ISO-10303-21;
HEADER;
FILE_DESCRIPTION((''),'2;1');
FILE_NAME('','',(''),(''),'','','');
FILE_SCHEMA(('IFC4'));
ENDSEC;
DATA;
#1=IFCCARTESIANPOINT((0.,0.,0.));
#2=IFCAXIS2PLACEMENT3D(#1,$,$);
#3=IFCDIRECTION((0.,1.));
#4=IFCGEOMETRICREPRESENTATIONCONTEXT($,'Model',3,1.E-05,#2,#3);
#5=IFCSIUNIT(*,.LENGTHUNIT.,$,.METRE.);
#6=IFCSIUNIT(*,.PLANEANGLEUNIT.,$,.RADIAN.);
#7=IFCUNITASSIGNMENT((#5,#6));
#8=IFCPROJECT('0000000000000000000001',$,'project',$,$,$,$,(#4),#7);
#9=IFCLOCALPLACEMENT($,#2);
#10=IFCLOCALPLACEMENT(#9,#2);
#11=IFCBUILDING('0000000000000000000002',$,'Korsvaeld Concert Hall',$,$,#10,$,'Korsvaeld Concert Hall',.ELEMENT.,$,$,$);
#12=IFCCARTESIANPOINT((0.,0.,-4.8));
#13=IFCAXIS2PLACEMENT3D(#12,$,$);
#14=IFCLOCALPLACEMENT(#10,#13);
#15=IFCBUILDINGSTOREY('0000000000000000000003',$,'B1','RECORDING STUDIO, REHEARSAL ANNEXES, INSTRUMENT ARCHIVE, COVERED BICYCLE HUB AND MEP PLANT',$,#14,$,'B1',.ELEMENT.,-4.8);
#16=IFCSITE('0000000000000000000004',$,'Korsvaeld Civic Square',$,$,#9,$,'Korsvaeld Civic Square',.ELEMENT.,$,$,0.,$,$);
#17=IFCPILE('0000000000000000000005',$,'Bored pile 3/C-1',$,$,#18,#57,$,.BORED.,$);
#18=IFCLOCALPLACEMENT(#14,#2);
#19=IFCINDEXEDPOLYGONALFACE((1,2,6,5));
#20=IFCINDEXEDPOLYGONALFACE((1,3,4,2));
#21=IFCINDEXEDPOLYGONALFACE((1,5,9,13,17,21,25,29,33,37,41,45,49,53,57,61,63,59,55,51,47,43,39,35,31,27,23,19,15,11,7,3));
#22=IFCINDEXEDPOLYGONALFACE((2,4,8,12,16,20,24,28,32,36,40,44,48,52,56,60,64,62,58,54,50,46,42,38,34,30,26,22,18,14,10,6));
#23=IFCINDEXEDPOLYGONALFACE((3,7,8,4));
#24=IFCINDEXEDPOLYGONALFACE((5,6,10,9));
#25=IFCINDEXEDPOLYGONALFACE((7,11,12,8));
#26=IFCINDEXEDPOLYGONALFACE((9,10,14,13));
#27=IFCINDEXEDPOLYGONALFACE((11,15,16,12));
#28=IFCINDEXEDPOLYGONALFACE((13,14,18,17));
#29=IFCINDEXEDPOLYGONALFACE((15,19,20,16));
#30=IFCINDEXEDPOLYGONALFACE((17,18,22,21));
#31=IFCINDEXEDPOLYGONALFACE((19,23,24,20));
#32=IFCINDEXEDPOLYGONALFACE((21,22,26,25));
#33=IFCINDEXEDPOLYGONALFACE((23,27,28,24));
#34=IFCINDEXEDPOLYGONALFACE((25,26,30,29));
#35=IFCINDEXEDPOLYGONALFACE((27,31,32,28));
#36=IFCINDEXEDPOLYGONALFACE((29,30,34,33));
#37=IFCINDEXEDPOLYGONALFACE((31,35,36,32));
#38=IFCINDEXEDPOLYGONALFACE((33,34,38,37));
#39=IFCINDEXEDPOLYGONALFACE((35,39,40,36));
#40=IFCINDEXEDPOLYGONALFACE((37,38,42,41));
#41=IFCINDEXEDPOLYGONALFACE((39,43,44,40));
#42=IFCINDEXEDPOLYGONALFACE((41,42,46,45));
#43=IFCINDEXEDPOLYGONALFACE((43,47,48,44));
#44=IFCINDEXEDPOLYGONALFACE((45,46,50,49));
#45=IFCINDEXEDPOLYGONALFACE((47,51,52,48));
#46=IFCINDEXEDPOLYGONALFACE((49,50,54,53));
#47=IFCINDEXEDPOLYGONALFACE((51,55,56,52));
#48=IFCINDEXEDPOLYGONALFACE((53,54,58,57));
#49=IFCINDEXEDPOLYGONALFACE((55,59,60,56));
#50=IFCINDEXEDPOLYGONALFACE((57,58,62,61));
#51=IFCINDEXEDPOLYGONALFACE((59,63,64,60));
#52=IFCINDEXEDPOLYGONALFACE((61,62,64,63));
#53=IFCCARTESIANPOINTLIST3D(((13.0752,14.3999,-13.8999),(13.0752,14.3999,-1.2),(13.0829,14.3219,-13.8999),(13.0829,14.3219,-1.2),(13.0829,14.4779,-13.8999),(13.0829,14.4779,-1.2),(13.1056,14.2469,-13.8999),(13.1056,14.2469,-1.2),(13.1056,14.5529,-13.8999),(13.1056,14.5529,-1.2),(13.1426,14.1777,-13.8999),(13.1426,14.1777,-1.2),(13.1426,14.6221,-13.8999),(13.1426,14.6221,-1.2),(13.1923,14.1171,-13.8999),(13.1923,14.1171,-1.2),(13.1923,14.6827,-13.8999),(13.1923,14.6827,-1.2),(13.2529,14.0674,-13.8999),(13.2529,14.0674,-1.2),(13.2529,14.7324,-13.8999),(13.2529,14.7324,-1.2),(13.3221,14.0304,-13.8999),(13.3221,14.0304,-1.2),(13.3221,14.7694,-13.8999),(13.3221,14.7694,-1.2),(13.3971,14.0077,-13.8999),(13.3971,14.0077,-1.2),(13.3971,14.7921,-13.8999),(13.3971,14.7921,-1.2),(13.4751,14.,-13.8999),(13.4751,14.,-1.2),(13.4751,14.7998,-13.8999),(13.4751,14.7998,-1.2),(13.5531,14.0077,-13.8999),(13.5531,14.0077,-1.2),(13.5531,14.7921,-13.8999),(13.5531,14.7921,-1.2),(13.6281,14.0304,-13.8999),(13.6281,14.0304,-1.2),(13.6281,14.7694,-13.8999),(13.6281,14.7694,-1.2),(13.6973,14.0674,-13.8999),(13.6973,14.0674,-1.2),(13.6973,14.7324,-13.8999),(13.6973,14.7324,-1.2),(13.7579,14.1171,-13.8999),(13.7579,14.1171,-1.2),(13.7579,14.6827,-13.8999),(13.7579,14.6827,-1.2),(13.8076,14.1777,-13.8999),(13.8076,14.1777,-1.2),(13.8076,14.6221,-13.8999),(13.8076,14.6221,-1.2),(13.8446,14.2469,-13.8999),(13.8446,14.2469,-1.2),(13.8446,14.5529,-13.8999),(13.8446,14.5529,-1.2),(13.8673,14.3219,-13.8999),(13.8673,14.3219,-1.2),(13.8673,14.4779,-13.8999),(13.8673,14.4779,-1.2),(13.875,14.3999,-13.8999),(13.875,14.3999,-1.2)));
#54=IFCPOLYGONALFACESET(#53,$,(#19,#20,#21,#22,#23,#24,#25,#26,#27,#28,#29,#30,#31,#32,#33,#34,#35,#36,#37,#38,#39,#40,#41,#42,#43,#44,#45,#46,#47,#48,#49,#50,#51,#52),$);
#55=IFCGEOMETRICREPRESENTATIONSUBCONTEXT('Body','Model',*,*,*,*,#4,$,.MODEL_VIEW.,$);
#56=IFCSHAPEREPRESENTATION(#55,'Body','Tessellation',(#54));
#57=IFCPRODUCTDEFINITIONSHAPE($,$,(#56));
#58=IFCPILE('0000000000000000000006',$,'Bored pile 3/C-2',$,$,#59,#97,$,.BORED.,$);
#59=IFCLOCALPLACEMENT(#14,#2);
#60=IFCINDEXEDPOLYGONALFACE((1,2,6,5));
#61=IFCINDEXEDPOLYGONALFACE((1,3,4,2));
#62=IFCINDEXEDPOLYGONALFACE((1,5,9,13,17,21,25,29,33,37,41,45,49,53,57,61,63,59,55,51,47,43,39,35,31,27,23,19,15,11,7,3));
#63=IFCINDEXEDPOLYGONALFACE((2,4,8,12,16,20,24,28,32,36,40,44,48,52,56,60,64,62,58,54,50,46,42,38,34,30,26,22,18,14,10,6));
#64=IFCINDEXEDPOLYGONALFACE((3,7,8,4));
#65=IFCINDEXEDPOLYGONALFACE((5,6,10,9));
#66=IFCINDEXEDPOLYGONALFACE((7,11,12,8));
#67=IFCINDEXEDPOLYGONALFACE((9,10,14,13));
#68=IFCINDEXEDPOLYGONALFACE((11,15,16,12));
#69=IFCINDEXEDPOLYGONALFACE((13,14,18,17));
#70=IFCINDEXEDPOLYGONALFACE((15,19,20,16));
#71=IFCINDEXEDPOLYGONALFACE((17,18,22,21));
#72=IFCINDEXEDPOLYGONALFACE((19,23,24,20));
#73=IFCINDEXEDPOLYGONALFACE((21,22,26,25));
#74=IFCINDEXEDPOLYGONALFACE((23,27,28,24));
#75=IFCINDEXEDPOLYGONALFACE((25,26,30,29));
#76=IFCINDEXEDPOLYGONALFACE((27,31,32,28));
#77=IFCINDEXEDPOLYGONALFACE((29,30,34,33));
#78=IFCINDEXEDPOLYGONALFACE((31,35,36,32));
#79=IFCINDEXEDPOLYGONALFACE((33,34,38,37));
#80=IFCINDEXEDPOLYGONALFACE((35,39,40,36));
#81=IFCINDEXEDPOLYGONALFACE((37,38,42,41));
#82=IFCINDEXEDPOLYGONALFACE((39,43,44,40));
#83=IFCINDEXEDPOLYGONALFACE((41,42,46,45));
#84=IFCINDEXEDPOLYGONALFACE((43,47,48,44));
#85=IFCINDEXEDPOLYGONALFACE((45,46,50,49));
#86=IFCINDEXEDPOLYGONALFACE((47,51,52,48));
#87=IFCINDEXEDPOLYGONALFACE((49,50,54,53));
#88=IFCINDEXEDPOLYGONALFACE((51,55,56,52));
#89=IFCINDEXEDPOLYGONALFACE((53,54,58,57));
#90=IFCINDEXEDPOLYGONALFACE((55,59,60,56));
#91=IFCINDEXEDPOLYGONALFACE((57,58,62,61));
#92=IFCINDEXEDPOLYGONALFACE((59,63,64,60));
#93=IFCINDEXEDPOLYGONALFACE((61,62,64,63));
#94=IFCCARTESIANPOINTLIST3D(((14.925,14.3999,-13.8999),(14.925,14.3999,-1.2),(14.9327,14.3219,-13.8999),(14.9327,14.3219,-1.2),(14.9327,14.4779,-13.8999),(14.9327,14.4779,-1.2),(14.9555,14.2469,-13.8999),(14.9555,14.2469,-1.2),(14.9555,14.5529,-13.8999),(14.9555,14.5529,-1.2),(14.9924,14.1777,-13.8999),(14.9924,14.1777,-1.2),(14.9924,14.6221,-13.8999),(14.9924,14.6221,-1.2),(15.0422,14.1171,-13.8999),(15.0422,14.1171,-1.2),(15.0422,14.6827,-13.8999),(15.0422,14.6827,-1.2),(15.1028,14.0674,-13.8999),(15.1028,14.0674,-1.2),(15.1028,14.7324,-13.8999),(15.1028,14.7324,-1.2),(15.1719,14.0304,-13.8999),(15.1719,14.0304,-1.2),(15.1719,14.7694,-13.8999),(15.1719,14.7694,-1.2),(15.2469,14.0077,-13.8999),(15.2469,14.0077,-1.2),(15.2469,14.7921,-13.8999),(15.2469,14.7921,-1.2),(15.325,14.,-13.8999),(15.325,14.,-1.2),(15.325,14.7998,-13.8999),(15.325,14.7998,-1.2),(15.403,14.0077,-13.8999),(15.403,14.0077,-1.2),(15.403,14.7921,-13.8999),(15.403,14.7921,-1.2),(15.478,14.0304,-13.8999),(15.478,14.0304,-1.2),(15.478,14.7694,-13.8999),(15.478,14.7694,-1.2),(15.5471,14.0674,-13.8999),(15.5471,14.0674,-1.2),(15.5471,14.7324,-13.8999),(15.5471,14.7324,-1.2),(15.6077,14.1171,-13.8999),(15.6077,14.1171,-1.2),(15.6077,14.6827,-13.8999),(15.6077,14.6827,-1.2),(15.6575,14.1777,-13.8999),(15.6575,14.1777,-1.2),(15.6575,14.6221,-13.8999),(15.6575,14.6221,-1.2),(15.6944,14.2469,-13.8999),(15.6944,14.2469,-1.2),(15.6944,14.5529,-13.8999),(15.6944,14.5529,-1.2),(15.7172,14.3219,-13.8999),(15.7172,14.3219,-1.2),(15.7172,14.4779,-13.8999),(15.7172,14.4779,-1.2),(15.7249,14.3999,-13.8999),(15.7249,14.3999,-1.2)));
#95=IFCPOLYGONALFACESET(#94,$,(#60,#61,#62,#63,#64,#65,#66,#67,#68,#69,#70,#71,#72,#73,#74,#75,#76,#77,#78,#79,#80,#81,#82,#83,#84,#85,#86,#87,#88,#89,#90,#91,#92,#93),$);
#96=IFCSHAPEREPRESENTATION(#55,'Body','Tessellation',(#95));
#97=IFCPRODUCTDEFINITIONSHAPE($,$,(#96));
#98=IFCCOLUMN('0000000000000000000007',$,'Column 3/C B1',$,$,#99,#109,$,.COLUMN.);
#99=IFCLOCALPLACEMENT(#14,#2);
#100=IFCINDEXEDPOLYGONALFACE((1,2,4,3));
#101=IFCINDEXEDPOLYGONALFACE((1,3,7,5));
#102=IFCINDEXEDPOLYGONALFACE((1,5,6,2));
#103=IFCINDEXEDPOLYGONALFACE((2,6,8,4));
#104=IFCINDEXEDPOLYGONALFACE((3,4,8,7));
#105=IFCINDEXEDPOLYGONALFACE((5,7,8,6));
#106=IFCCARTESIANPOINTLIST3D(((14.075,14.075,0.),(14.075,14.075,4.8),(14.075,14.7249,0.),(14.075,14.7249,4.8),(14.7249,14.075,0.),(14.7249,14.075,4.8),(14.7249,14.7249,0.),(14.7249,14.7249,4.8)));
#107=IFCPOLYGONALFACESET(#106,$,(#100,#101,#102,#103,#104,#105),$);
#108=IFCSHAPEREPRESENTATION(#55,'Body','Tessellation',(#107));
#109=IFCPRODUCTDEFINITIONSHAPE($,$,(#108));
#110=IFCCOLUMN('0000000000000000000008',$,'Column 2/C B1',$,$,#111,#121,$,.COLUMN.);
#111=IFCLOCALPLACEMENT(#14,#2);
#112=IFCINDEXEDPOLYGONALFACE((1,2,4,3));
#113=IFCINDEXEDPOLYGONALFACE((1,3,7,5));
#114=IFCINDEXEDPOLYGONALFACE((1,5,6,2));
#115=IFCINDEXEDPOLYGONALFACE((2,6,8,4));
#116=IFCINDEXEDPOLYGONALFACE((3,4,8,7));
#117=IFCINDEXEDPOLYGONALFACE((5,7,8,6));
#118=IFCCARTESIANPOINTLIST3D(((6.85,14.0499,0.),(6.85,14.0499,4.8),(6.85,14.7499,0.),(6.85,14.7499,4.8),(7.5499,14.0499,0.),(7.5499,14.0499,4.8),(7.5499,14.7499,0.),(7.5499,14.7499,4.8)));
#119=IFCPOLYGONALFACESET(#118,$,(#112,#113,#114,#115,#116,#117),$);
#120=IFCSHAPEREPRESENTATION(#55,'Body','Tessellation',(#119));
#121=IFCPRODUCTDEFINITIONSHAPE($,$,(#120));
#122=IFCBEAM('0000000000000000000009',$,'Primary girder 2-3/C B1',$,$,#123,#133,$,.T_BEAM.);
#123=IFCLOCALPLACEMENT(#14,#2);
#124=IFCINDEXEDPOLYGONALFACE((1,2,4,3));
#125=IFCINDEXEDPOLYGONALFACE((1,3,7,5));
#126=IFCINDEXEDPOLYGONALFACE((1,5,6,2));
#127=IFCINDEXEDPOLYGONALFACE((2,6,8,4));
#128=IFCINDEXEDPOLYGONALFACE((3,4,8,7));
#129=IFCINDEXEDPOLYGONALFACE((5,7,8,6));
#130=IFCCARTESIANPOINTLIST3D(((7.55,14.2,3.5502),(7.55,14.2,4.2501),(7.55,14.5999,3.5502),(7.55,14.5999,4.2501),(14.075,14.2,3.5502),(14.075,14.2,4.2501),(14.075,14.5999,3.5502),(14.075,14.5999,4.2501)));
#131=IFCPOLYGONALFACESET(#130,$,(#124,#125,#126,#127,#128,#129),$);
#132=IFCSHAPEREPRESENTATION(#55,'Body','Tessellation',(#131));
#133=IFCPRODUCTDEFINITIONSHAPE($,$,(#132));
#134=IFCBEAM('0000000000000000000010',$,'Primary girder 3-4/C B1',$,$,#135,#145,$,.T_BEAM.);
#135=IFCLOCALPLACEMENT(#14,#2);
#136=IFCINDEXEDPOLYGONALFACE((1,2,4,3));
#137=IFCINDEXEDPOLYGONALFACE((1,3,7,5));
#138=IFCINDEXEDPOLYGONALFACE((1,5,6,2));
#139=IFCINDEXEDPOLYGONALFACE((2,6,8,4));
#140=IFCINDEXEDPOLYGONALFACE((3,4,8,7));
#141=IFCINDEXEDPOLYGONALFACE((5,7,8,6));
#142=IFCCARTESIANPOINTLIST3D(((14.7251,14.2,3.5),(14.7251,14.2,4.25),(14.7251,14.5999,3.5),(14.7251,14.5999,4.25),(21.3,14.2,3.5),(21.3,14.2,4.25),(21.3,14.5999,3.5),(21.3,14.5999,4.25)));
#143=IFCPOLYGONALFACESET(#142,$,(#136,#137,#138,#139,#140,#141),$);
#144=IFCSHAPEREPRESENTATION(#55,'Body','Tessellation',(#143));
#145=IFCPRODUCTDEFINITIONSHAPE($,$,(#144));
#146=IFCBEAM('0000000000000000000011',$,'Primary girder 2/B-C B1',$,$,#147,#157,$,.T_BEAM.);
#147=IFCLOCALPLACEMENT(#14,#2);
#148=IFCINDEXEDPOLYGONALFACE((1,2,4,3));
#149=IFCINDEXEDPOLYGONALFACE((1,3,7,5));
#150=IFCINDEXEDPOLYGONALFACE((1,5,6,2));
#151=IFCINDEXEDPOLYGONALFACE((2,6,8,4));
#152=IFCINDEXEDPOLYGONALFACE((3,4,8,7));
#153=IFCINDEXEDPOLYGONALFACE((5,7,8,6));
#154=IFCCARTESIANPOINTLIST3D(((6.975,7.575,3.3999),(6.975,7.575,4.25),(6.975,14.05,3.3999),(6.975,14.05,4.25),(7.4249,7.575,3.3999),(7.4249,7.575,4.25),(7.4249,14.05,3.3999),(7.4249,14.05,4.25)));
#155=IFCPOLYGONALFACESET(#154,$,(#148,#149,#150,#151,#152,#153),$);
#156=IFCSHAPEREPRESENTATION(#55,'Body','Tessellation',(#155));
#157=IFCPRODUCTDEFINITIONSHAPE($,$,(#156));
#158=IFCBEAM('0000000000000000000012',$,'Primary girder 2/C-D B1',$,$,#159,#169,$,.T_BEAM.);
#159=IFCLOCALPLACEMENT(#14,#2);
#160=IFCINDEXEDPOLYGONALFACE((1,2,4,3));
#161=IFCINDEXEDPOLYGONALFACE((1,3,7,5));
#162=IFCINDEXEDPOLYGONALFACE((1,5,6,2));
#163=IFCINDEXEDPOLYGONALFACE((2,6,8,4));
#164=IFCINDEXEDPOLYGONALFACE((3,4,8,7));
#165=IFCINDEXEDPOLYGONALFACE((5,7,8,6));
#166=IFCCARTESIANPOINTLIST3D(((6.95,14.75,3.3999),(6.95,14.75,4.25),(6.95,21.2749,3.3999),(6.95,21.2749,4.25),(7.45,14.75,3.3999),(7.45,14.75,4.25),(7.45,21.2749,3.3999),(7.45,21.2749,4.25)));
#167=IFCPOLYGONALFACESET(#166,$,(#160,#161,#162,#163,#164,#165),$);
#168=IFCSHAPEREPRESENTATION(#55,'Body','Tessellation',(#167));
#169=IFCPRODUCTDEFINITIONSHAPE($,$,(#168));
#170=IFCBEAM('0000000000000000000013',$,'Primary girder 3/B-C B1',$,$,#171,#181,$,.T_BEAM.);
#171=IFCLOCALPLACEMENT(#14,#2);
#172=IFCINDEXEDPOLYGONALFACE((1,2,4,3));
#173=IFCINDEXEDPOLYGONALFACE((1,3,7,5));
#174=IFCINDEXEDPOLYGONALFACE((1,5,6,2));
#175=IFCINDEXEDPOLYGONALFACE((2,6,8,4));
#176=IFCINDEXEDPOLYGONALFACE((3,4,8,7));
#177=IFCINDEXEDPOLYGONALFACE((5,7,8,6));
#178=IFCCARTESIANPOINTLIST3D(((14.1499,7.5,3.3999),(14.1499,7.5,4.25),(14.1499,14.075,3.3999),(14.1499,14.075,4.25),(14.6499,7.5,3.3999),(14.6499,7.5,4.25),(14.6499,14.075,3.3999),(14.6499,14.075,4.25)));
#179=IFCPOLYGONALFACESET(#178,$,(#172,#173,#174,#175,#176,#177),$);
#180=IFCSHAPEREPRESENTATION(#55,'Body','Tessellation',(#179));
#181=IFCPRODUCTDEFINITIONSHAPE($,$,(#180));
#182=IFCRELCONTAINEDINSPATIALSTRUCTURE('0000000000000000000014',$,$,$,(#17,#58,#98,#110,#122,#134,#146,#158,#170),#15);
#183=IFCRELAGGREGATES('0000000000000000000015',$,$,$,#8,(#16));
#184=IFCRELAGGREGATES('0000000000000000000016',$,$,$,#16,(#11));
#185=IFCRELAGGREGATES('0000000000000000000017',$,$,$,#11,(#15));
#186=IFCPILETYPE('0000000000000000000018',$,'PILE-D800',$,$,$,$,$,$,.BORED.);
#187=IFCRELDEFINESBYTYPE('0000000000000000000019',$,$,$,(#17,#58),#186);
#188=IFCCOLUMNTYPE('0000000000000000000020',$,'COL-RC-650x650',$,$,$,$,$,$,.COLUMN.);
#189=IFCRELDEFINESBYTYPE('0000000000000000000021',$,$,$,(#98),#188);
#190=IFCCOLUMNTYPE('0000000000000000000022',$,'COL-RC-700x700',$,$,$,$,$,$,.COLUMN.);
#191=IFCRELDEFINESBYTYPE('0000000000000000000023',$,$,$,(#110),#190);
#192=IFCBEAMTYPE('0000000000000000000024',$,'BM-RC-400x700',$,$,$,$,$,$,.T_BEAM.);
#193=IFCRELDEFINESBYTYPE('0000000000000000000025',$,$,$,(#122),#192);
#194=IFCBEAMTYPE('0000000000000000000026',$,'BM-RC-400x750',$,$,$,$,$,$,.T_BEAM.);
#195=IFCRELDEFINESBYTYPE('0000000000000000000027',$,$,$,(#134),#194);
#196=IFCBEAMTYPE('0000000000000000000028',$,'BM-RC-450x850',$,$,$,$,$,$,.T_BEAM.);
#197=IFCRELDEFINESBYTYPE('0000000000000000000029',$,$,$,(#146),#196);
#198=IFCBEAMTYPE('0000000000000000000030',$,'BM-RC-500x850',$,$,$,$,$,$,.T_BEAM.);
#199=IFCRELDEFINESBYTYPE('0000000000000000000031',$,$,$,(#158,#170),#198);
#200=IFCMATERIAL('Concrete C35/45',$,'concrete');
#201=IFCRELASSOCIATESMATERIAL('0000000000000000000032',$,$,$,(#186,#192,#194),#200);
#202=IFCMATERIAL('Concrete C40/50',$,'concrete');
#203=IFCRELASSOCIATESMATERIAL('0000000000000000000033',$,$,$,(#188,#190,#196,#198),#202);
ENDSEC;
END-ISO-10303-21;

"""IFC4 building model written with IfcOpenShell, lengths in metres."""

from ifc_helpers import new_model, si_unit, direction, frame, origin, origin_2d, place, context, subcontext, project, spatial, rectangle, circle, extrude, material, material_profile, profile_set, type_object, element, save


model = new_model("IFC4")

# Units and contexts
model_context = context("Model", 3, precision=1e-05, world=origin(), true_north=direction((0.0, 1.0)))
body_context = subcontext(model_context, "Body", "Model", "MODEL_VIEW")
ifc_project = project(units=[si_unit("LENGTHUNIT", "METRE"), si_unit("PLANEANGLEUNIT", "RADIAN")], contexts=[model_context])

# Site, building, storey
site_placement = place(None, origin())
site = spatial("IfcSite", under=ifc_project, at=site_placement, Name="Korsvaeld Civic Square", LongName="Korsvaeld Civic Square", CompositionType="ELEMENT", RefElevation=0.0)
building_placement = place(site_placement, origin())
building = spatial("IfcBuilding", under=site, at=building_placement, Name="Korsvaeld Concert Hall", LongName="Korsvaeld Concert Hall", CompositionType="ELEMENT")
storey_placement = place(building_placement, frame((0.0, 0.0, -4.8)))
storey = spatial("IfcBuildingStorey", under=building, at=storey_placement, Name="B1", Description="RECORDING STUDIO, REHEARSAL ANNEXES, INSTRUMENT ARCHIVE, COVERED BICYCLE HUB AND MEP PLANT", LongName="B1", CompositionType="ELEMENT", Elevation=-4.8)

# Shared definitions
ifc_material_1 = material(Name="Concrete C35/45", Category="concrete")

# Piles
ifc_material_profile_1 = material_profile(ifc_material_1, circle(Radius=0.3999, at=origin_2d()), Name="BORED PILE D800")
ifc_profile_set_1 = profile_set([ifc_material_profile_1], Name="Concrete C35/45")
pile_type_1 = type_object("IfcPileType", Name="PILE-D800", PredefinedType="BORED", material=ifc_profile_set_1)
for number, where, z_axis, x_axis, name in (
    (1, (13.4751, 14.3999, -1.2), (0.0, 0.0, -1.0), (1.0, 0.0, 0.0), "Bored pile 3/C-1"),
    (2, (15.325, 14.3999, -1.2), (0.0, 0.0, -1.0), (1.0, 0.0, 0.0), "Bored pile 3/C-2"),
):
    element("IfcPile", number, at=place(storey_placement, frame(where, z_axis=z_axis, x_axis=x_axis)), inside=storey, type_object=pile_type_1, Name=name, PredefinedType="BORED", context=body_context, shape_type="SweptSolid", body=[
        extrude(circle(Radius=0.3999, at=origin_2d()), origin(), (0.0, 0.0, 1.0), 12.7),
    ])

# Columns
ifc_material_2 = material(Name="Concrete C40/50", Category="concrete")
ifc_material_profile_2 = material_profile(ifc_material_2, rectangle(XDim=0.6499, YDim=0.6499, at=origin_2d()), Name="RC 650x650")
ifc_profile_set_2 = profile_set([ifc_material_profile_2], Name="Concrete C40/50")
column_type_1 = type_object("IfcColumnType", Name="COL-RC-650x650", PredefinedType="COLUMN", material=ifc_profile_set_2)
column_1_placement = place(storey_placement, frame((14.3999, 14.3999, 0.0), z_axis=(0.0, 0.0, 1.0), x_axis=(1.0, 0.0, 0.0)))
element("IfcColumn", 3, at=column_1_placement, inside=storey, type_object=column_type_1, Name="Column 3/C B1", PredefinedType="COLUMN", context=body_context, shape_type="SweptSolid", body=[
    extrude(rectangle(XDim=0.6499, YDim=0.6499, at=origin_2d()), origin(), (0.0, 0.0, 1.0), 4.8),
])
ifc_material_profile_3 = material_profile(ifc_material_2, rectangle(XDim=0.7, YDim=0.7, at=origin_2d()), Name="RC 700x700")
ifc_profile_set_3 = profile_set([ifc_material_profile_3], Name="Concrete C40/50")
column_type_2 = type_object("IfcColumnType", Name="COL-RC-700x700", PredefinedType="COLUMN", material=ifc_profile_set_3)
column_2_placement = place(storey_placement, frame((7.2, 14.3999, 0.0), z_axis=(0.0, 0.0, 1.0), x_axis=(1.0, 0.0, 0.0)))
element("IfcColumn", 4, at=column_2_placement, inside=storey, type_object=column_type_2, Name="Column 2/C B1", PredefinedType="COLUMN", context=body_context, shape_type="SweptSolid", body=[
    extrude(rectangle(XDim=0.7, YDim=0.7, at=origin_2d()), origin(), (0.0, 0.0, 1.0), 4.8),
])

# Beams
ifc_material_profile_4 = material_profile(ifc_material_1, rectangle(XDim=0.3999, YDim=0.7, at=origin_2d()), Name="RC 400x700")
ifc_profile_set_4 = profile_set([ifc_material_profile_4], Name="Concrete C35/45")
beam_type_1 = type_object("IfcBeamType", Name="BM-RC-400x700", PredefinedType="T_BEAM", material=ifc_profile_set_4)
beam_1_placement = place(storey_placement, frame((7.55, 14.3999, 3.9001), z_axis=(1.0, 0.0, 0.0), x_axis=(0.0, 1.0, 0.0)))
element("IfcBeam", 5, at=beam_1_placement, inside=storey, type_object=beam_type_1, Name="Primary girder 2-3/C B1", PredefinedType="T_BEAM", context=body_context, shape_type="SweptSolid", body=[
    extrude(rectangle(XDim=0.3999, YDim=0.7, at=origin_2d()), origin(), (0.0, 0.0, 1.0), 6.5249),
])
ifc_material_profile_5 = material_profile(ifc_material_1, rectangle(XDim=0.3999, YDim=0.75, at=origin_2d()), Name="RC 400x750")
ifc_profile_set_5 = profile_set([ifc_material_profile_5], Name="Concrete C35/45")
beam_type_2 = type_object("IfcBeamType", Name="BM-RC-400x750", PredefinedType="T_BEAM", material=ifc_profile_set_5)
beam_2_placement = place(storey_placement, frame((14.7251, 14.3999, 3.875), z_axis=(1.0, 0.0, 0.0), x_axis=(0.0, 1.0, 0.0)))
element("IfcBeam", 6, at=beam_2_placement, inside=storey, type_object=beam_type_2, Name="Primary girder 3-4/C B1", PredefinedType="T_BEAM", context=body_context, shape_type="SweptSolid", body=[
    extrude(rectangle(XDim=0.3999, YDim=0.75, at=origin_2d()), origin(), (0.0, 0.0, 1.0), 6.575),
])
ifc_material_profile_6 = material_profile(ifc_material_2, rectangle(XDim=0.45, YDim=0.8501, at=origin_2d()), Name="RC 450x850")
ifc_profile_set_6 = profile_set([ifc_material_profile_6], Name="Concrete C40/50")
beam_type_3 = type_object("IfcBeamType", Name="BM-RC-450x850", PredefinedType="T_BEAM", material=ifc_profile_set_6)
beam_3_placement = place(storey_placement, frame((7.2, 7.575, 3.825), z_axis=(0.0, 1.0, 0.0), x_axis=(-1.0, 0.0, 0.0)))
element("IfcBeam", 7, at=beam_3_placement, inside=storey, type_object=beam_type_3, Name="Primary girder 2/B-C B1", PredefinedType="T_BEAM", context=body_context, shape_type="SweptSolid", body=[
    extrude(rectangle(XDim=0.45, YDim=0.8501, at=origin_2d()), origin(), (0.0, 0.0, 1.0), 6.4751),
])
ifc_material_profile_7 = material_profile(ifc_material_2, rectangle(XDim=0.5, YDim=0.8501, at=origin_2d()), Name="RC 500x850")
ifc_profile_set_7 = profile_set([ifc_material_profile_7], Name="Concrete C40/50")
beam_type_4 = type_object("IfcBeamType", Name="BM-RC-500x850", PredefinedType="T_BEAM", material=ifc_profile_set_7)
beam_4_placement = place(storey_placement, frame((7.2, 14.75, 3.825), z_axis=(0.0, 1.0, 0.0), x_axis=(-1.0, 0.0, 0.0)))
element("IfcBeam", 8, at=beam_4_placement, inside=storey, type_object=beam_type_4, Name="Primary girder 2/C-D B1", PredefinedType="T_BEAM", context=body_context, shape_type="SweptSolid", body=[
    extrude(rectangle(XDim=0.5, YDim=0.8501, at=origin_2d()), origin(), (0.0, 0.0, 1.0), 6.5249),
])
beam_5_placement = place(storey_placement, frame((14.3999, 7.5, 3.825), z_axis=(0.0, 1.0, 0.0), x_axis=(-1.0, 0.0, 0.0)))
element("IfcBeam", 9, at=beam_5_placement, inside=storey, type_object=beam_type_4, Name="Primary girder 3/B-C B1", PredefinedType="T_BEAM", context=body_context, shape_type="SweptSolid", body=[
    extrude(rectangle(XDim=0.5, YDim=0.8501, at=origin_2d()), origin(), (0.0, 0.0, 1.0), 6.575),
])

save(model, "model.ifc")
